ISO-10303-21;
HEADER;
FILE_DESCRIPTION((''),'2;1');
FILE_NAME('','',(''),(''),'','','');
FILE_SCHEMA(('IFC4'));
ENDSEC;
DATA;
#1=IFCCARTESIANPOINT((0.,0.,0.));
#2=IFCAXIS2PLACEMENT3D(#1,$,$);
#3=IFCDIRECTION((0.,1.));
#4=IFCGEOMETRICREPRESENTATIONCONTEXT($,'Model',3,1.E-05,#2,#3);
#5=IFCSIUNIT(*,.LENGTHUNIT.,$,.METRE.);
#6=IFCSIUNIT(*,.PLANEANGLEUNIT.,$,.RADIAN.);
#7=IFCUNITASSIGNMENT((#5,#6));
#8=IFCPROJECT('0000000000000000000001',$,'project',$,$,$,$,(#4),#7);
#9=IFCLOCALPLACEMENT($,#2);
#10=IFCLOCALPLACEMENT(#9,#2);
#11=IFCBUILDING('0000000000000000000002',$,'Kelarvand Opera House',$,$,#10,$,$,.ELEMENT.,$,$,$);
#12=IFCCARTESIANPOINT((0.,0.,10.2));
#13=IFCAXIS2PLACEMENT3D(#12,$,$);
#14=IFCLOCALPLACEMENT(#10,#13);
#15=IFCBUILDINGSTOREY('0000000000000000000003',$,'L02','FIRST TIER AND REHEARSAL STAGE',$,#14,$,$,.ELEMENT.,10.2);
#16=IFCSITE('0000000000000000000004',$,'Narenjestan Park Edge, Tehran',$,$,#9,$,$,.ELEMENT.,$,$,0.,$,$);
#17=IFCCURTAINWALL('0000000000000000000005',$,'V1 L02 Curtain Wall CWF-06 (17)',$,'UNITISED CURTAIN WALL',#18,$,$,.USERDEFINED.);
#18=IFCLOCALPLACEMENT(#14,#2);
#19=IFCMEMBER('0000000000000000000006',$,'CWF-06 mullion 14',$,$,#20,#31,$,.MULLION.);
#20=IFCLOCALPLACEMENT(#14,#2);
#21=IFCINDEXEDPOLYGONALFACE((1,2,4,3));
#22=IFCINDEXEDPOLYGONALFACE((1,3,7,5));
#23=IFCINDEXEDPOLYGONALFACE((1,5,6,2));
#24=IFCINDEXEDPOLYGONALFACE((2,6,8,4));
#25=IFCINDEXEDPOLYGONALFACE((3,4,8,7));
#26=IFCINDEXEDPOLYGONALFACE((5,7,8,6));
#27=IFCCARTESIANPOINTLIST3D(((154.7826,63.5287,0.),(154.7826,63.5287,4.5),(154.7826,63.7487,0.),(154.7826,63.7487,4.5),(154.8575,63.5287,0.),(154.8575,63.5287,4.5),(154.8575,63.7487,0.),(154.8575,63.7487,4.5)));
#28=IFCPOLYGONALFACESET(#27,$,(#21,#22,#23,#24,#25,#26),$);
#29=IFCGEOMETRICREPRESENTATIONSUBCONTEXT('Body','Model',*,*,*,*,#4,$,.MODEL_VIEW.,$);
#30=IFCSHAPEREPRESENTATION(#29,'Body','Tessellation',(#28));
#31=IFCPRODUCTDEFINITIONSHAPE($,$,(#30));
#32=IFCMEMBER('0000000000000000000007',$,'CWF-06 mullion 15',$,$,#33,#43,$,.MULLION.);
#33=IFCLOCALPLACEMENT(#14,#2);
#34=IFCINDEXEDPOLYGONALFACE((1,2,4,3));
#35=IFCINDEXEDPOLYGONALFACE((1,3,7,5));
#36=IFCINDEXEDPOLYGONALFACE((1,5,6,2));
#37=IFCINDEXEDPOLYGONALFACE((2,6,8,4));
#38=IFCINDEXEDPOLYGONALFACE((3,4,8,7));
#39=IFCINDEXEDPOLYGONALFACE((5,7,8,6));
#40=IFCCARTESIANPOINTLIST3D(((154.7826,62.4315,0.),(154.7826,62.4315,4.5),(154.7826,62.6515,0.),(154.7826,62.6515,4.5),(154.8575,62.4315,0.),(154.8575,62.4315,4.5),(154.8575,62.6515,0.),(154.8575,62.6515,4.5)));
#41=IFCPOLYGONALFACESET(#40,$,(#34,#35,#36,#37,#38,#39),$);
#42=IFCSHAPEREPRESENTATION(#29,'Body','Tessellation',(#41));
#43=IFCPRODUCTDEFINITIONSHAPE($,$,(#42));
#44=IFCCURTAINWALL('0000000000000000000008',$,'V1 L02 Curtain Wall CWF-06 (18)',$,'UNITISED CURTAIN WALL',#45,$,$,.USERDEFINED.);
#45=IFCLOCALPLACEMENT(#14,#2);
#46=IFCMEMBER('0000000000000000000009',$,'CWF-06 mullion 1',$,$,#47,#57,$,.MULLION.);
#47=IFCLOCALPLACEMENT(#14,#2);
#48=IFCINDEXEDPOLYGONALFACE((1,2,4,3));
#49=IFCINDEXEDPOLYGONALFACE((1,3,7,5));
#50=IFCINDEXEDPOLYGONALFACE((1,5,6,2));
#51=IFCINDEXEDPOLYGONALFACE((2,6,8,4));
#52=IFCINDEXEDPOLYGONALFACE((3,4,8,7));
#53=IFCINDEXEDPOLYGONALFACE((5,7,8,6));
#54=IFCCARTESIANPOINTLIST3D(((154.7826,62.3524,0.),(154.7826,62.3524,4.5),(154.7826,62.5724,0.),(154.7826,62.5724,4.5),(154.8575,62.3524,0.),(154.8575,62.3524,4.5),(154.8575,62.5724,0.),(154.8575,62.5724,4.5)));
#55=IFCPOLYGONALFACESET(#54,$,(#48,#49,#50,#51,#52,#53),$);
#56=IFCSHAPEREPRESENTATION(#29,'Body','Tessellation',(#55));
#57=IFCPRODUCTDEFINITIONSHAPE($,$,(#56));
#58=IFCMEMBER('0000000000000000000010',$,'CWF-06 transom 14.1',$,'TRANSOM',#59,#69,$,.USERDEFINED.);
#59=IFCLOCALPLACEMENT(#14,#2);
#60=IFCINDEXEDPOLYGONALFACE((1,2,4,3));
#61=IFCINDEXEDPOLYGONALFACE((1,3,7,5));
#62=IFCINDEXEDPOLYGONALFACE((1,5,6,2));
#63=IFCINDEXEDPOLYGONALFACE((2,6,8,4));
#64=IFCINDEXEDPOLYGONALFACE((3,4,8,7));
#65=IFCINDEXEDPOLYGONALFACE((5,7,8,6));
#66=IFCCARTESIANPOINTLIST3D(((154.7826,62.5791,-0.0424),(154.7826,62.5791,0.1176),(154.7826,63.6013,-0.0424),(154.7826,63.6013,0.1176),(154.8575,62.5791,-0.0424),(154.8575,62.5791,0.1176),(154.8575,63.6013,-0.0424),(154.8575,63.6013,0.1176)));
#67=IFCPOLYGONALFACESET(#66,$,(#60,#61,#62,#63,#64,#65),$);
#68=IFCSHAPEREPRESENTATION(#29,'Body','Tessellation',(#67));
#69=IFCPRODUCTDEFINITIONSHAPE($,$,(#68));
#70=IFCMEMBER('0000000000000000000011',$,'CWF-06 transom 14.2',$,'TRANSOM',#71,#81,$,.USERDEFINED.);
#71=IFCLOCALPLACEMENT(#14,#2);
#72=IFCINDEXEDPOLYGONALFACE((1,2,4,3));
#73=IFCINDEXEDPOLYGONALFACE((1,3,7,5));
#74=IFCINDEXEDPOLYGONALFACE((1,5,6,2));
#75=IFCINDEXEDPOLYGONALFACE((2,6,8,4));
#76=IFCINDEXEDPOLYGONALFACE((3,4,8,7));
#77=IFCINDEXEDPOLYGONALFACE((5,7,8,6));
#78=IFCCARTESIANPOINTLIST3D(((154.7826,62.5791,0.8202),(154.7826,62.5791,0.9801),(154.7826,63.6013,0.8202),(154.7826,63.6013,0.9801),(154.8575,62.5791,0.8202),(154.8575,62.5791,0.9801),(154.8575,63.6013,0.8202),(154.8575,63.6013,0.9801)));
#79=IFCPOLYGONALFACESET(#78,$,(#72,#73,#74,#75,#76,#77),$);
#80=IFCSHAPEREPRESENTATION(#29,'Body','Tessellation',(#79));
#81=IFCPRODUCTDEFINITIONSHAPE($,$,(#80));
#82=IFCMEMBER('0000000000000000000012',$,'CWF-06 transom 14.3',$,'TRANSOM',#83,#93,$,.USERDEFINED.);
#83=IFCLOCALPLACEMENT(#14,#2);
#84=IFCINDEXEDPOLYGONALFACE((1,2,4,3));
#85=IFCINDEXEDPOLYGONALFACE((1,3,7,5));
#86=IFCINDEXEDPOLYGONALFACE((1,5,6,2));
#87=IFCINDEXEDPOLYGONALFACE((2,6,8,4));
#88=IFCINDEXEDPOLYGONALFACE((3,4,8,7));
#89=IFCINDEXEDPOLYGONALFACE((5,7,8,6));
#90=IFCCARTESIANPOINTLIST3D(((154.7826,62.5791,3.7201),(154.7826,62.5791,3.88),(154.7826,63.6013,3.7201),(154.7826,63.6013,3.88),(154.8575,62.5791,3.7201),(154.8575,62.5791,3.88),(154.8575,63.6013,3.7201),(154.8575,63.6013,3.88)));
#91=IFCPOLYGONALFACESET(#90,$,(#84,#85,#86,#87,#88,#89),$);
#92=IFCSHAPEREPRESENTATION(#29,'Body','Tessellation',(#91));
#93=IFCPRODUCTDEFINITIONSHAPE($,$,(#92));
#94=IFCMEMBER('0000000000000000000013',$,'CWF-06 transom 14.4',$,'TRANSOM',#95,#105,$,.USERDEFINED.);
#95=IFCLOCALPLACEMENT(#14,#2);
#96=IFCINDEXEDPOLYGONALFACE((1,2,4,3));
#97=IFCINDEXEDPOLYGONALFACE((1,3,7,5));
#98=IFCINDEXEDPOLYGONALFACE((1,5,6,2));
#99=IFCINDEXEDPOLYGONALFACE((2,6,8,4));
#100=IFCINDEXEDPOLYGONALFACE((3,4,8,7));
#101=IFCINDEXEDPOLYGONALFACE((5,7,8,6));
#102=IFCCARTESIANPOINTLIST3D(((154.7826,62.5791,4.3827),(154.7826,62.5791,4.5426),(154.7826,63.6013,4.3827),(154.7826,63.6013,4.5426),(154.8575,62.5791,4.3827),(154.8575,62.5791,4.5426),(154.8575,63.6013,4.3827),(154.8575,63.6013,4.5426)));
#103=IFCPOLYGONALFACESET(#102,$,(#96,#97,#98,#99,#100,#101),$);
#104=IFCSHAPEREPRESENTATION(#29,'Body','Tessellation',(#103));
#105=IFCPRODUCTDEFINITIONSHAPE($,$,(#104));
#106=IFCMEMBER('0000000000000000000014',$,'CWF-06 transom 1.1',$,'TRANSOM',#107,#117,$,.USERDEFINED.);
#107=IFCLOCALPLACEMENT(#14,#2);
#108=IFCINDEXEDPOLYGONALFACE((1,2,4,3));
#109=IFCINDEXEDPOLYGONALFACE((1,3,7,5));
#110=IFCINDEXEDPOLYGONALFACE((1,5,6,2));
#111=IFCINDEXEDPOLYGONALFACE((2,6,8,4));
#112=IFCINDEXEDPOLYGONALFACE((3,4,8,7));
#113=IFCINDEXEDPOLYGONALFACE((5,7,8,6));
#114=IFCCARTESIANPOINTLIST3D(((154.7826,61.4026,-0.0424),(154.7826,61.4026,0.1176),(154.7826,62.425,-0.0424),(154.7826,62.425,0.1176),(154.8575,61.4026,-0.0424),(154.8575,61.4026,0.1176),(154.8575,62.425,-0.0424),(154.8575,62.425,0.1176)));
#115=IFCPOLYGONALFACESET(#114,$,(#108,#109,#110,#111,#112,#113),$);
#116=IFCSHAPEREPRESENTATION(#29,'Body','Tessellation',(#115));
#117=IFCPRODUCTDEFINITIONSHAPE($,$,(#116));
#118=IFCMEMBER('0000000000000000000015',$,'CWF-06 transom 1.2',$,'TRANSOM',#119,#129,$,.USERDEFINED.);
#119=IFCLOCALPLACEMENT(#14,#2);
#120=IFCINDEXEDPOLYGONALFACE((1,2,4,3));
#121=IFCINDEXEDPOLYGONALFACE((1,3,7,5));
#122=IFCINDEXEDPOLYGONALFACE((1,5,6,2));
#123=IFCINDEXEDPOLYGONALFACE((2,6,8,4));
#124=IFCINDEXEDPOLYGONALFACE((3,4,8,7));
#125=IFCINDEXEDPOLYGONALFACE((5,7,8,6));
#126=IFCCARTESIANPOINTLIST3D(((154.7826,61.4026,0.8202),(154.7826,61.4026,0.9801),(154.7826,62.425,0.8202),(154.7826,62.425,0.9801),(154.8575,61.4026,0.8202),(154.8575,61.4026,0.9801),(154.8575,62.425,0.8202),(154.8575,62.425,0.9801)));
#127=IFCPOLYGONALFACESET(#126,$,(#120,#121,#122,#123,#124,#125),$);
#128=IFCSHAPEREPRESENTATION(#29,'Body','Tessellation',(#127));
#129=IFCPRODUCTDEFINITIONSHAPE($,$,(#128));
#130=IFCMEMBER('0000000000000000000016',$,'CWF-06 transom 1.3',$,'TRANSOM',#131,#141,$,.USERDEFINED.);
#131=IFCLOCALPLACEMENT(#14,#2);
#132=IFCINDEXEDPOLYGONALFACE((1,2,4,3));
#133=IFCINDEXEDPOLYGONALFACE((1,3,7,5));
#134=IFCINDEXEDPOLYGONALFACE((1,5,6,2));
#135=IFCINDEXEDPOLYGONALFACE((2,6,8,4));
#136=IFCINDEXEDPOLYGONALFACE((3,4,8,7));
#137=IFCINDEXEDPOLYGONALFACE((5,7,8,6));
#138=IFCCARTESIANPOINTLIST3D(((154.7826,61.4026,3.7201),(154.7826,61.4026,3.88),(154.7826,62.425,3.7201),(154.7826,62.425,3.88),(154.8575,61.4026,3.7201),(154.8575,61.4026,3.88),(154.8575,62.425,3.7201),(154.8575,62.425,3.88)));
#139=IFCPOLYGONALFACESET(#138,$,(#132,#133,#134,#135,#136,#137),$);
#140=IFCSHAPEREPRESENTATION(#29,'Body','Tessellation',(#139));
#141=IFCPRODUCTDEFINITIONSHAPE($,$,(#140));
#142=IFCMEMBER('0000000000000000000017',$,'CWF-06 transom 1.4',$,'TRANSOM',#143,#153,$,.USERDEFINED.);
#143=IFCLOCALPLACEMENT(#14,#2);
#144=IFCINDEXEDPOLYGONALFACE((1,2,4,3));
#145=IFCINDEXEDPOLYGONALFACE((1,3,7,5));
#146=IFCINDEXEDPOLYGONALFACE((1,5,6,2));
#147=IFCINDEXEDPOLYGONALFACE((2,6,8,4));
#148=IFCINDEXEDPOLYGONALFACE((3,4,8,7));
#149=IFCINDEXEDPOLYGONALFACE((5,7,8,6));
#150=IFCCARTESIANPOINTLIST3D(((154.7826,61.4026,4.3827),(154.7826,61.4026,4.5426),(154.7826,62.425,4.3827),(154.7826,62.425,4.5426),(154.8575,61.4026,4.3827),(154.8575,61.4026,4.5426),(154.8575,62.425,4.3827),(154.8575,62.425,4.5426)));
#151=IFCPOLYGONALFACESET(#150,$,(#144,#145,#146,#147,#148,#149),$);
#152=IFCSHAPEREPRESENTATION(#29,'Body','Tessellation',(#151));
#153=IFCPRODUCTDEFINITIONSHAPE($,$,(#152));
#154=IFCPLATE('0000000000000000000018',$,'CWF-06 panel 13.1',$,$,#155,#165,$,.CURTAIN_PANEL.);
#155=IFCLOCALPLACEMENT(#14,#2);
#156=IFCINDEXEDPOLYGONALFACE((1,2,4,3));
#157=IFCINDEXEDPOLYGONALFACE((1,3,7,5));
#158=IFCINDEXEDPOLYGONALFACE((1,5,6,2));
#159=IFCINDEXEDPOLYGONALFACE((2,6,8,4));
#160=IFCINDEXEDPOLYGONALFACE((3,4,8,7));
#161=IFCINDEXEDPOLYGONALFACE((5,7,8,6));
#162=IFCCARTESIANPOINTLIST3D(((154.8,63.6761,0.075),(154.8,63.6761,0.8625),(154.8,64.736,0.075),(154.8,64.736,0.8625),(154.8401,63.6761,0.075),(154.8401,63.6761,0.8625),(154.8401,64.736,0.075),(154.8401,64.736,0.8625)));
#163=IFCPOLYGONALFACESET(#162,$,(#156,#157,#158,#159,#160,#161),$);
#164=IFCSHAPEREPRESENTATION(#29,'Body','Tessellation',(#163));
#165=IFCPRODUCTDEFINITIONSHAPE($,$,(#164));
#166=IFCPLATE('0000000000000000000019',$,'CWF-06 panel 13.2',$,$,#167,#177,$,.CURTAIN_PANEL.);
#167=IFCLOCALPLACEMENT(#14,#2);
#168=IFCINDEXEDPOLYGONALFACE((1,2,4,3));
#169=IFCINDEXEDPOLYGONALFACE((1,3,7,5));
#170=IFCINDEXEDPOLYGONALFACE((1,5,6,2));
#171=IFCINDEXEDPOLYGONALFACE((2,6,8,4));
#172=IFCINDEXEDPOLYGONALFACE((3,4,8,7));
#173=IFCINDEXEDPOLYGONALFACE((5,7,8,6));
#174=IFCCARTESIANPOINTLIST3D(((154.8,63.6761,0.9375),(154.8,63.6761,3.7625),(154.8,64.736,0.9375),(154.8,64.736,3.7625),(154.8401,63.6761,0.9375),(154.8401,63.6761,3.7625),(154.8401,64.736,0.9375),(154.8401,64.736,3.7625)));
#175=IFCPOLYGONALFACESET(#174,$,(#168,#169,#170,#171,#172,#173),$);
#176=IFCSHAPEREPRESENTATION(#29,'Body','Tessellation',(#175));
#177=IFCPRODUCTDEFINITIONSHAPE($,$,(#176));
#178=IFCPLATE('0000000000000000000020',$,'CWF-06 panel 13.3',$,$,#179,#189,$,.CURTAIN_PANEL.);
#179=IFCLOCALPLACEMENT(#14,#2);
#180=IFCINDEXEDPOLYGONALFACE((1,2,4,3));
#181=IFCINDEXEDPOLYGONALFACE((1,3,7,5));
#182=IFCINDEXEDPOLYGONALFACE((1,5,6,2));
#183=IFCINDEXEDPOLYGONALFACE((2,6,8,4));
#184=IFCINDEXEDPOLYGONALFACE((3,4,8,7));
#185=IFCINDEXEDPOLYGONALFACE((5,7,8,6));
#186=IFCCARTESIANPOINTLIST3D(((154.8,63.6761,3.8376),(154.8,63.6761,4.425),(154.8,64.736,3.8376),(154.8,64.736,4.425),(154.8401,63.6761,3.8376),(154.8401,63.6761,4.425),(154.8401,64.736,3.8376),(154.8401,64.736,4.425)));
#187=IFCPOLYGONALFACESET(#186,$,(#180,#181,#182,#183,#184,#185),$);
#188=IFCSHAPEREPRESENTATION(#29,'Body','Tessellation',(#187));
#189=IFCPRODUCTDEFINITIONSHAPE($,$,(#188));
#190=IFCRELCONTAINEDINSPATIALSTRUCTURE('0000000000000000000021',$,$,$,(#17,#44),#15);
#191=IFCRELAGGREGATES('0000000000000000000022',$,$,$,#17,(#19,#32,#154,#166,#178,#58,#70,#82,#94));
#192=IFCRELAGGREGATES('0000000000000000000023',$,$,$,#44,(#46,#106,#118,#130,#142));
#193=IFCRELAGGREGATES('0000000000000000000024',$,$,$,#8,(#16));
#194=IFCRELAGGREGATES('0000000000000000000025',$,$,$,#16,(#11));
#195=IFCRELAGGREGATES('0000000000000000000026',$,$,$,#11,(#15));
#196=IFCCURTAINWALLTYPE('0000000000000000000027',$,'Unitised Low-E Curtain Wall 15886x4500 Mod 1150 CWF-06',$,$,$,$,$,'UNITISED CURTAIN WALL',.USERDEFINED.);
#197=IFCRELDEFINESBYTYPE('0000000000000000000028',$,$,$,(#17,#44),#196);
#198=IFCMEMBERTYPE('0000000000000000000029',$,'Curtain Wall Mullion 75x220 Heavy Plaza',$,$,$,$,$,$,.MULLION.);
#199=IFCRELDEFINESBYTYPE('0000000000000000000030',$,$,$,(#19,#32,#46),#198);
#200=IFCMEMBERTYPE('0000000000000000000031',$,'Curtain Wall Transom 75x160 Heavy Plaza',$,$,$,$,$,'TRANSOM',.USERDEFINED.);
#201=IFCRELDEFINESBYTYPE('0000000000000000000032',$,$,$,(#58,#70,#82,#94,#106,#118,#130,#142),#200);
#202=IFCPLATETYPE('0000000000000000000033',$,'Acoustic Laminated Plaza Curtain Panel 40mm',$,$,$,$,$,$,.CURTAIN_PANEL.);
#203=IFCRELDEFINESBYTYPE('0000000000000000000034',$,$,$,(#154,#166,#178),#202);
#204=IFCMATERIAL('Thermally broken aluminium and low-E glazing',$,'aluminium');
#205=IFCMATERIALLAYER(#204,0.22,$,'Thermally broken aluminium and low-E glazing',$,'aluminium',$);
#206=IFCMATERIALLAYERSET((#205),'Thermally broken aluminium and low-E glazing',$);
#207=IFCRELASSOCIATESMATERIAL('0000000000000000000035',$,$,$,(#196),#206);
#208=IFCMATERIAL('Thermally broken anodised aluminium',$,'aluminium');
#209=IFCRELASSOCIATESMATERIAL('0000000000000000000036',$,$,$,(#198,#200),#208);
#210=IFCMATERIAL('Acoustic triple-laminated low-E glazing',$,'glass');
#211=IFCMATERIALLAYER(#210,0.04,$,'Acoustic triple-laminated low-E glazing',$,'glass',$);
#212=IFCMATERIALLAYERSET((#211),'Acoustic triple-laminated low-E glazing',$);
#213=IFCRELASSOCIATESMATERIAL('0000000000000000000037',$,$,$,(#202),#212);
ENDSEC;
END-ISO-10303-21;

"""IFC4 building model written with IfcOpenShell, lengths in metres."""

from ifc_helpers import new_model, si_unit, direction, frame, origin, origin_2d, place, context, subcontext, project, spatial, rectangle, extrude, material, layer, layer_set, material_profile, profile_set, type_object, element, aggregate, save


model = new_model("IFC4")

# Units and contexts
model_context = context("Model", 3, precision=1e-05, world=origin(), true_north=direction((0.0, 1.0)))
body_context = subcontext(model_context, "Body", "Model", "MODEL_VIEW")
ifc_project = project(units=[si_unit("LENGTHUNIT", "METRE"), si_unit("PLANEANGLEUNIT", "RADIAN")], contexts=[model_context])

# Site, building, storey
site_placement = place(None, origin())
site = spatial("IfcSite", under=ifc_project, at=site_placement, Name="Narenjestan Park Edge, Tehran", CompositionType="ELEMENT", RefElevation=0.0)
building_placement = place(site_placement, origin())
building = spatial("IfcBuilding", under=site, at=building_placement, Name="Kelarvand Opera House", CompositionType="ELEMENT")
storey_placement = place(building_placement, frame((0.0, 0.0, 10.2)))
storey = spatial("IfcBuildingStorey", under=building, at=storey_placement, Name="L02", Description="FIRST TIER AND REHEARSAL STAGE", CompositionType="ELEMENT", Elevation=10.2)

# Curtain wall, members
ifc_material_1 = material(Name="Thermally broken aluminium and low-E glazing", Category="aluminium")
ifc_layer_1 = layer(ifc_material_1, 0.22, Name="Thermally broken aluminium and low-E glazing", Category="aluminium")
ifc_layer_set_1 = layer_set([ifc_layer_1], Name="Thermally broken aluminium and low-E glazing")
curtain_wall_type = type_object("IfcCurtainWallType", Name="Unitised Low-E Curtain Wall 15886x4500 Mod 1150 CWF-06", ElementType="UNITISED CURTAIN WALL", PredefinedType="USERDEFINED", material=ifc_layer_set_1)
curtain_wall_1_placement = place(storey_placement, origin())
curtain_wall_1 = element("IfcCurtainWall", 1, at=curtain_wall_1_placement, inside=storey, type_object=curtain_wall_type, Name="V1 L02 Curtain Wall CWF-06 (17)", ObjectType="UNITISED CURTAIN WALL", PredefinedType="USERDEFINED")
ifc_material_2 = material(Name="Thermally broken anodised aluminium", Category="aluminium")
ifc_material_profile_1 = material_profile(ifc_material_2, rectangle(XDim=0.075, YDim=0.22, at=origin_2d()), Name="ALU MULLION 75x220", Category="aluminium")
ifc_profile_set_1 = profile_set([ifc_material_profile_1], Name="Thermally broken anodised aluminium")
member_type_1 = type_object("IfcMemberType", Name="Curtain Wall Mullion 75x220 Heavy Plaza", PredefinedType="MULLION", material=ifc_profile_set_1)
member_1_placement = place(storey_placement, frame((154.8201, 63.6387, 0.0), z_axis=(0.0, 0.0, 1.0), x_axis=(1.0, 0.0, 0.0)))
member_1 = element("IfcMember", 2, at=member_1_placement, type_object=member_type_1, Name="CWF-06 mullion 14", PredefinedType="MULLION", context=body_context, shape_type="SweptSolid", body=[
    extrude(rectangle(XDim=0.075, YDim=0.22, at=origin_2d()), origin(), (0.0, 0.0, 1.0), 4.5),
])
member_2_placement = place(storey_placement, frame((154.8201, 62.5415, 0.0), z_axis=(0.0, 0.0, 1.0), x_axis=(1.0, 0.0, 0.0)))
member_2 = element("IfcMember", 3, at=member_2_placement, type_object=member_type_1, Name="CWF-06 mullion 15", PredefinedType="MULLION", context=body_context, shape_type="SweptSolid", body=[
    extrude(rectangle(XDim=0.075, YDim=0.22, at=origin_2d()), origin(), (0.0, 0.0, 1.0), 4.5),
])

# Curtain wall, member
curtain_wall_2_placement = place(storey_placement, origin())
curtain_wall_2 = element("IfcCurtainWall", 4, at=curtain_wall_2_placement, inside=storey, type_object=curtain_wall_type, Name="V1 L02 Curtain Wall CWF-06 (18)", ObjectType="UNITISED CURTAIN WALL", PredefinedType="USERDEFINED")
member_3_placement = place(storey_placement, frame((154.8201, 62.4624, 0.0), z_axis=(0.0, 0.0, 1.0), x_axis=(1.0, 0.0, 0.0)))
member_3 = element("IfcMember", 5, at=member_3_placement, type_object=member_type_1, Name="CWF-06 mullion 1", PredefinedType="MULLION", context=body_context, shape_type="SweptSolid", body=[
    extrude(rectangle(XDim=0.075, YDim=0.22, at=origin_2d()), origin(), (0.0, 0.0, 1.0), 4.5),
])

# Members
ifc_material_profile_2 = material_profile(ifc_material_2, rectangle(XDim=0.075, YDim=0.1599, at=origin_2d()), Name="ALU TRANSOM 75x160", Category="aluminium")
ifc_profile_set_2 = profile_set([ifc_material_profile_2], Name="Thermally broken anodised aluminium")
member_type_2 = type_object("IfcMemberType", Name="Curtain Wall Transom 75x160 Heavy Plaza", ElementType="TRANSOM", PredefinedType="USERDEFINED", material=ifc_profile_set_2)
member_4_placement = place(storey_placement, frame((154.8201, 63.6013, 0.0376), z_axis=(0.0, -1.0, 0.0), x_axis=(1.0, 0.0, 0.0)))
member_4 = element("IfcMember", 6, at=member_4_placement, type_object=member_type_2, Name="CWF-06 transom 14.1", ObjectType="TRANSOM", PredefinedType="USERDEFINED", context=body_context, shape_type="SweptSolid", body=[
    extrude(rectangle(XDim=0.075, YDim=0.1599, at=origin_2d()), origin(), (0.0, 0.0, 1.0), 1.0222),
])
member_5_placement = place(storey_placement, frame((154.8201, 63.6013, 0.9001), z_axis=(0.0, -1.0, 0.0), x_axis=(1.0, 0.0, 0.0)))
member_5 = element("IfcMember", 7, at=member_5_placement, type_object=member_type_2, Name="CWF-06 transom 14.2", ObjectType="TRANSOM", PredefinedType="USERDEFINED", context=body_context, shape_type="SweptSolid", body=[
    extrude(rectangle(XDim=0.075, YDim=0.1599, at=origin_2d()), origin(), (0.0, 0.0, 1.0), 1.0222),
])
member_6_placement = place(storey_placement, frame((154.8201, 63.6013, 3.8), z_axis=(0.0, -1.0, 0.0), x_axis=(1.0, 0.0, 0.0)))
member_6 = element("IfcMember", 8, at=member_6_placement, type_object=member_type_2, Name="CWF-06 transom 14.3", ObjectType="TRANSOM", PredefinedType="USERDEFINED", context=body_context, shape_type="SweptSolid", body=[
    extrude(rectangle(XDim=0.075, YDim=0.1599, at=origin_2d()), origin(), (0.0, 0.0, 1.0), 1.0222),
])
member_7_placement = place(storey_placement, frame((154.8201, 63.6013, 4.4626), z_axis=(0.0, -1.0, 0.0), x_axis=(1.0, 0.0, 0.0)))
member_7 = element("IfcMember", 9, at=member_7_placement, type_object=member_type_2, Name="CWF-06 transom 14.4", ObjectType="TRANSOM", PredefinedType="USERDEFINED", context=body_context, shape_type="SweptSolid", body=[
    extrude(rectangle(XDim=0.075, YDim=0.1599, at=origin_2d()), origin(), (0.0, 0.0, 1.0), 1.0222),
])
member_8_placement = place(storey_placement, frame((154.8201, 62.425, 0.0376), z_axis=(0.0, -1.0, 0.0), x_axis=(1.0, 0.0, 0.0)))
member_8 = element("IfcMember", 10, at=member_8_placement, type_object=member_type_2, Name="CWF-06 transom 1.1", ObjectType="TRANSOM", PredefinedType="USERDEFINED", context=body_context, shape_type="SweptSolid", body=[
    extrude(rectangle(XDim=0.075, YDim=0.1599, at=origin_2d()), origin(), (0.0, 0.0, 1.0), 1.0225),
])
member_9_placement = place(storey_placement, frame((154.8201, 62.425, 0.9001), z_axis=(0.0, -1.0, 0.0), x_axis=(1.0, 0.0, 0.0)))
member_9 = element("IfcMember", 11, at=member_9_placement, type_object=member_type_2, Name="CWF-06 transom 1.2", ObjectType="TRANSOM", PredefinedType="USERDEFINED", context=body_context, shape_type="SweptSolid", body=[
    extrude(rectangle(XDim=0.075, YDim=0.1599, at=origin_2d()), origin(), (0.0, 0.0, 1.0), 1.0225),
])
member_10_placement = place(storey_placement, frame((154.8201, 62.425, 3.8), z_axis=(0.0, -1.0, 0.0), x_axis=(1.0, 0.0, 0.0)))
member_10 = element("IfcMember", 12, at=member_10_placement, type_object=member_type_2, Name="CWF-06 transom 1.3", ObjectType="TRANSOM", PredefinedType="USERDEFINED", context=body_context, shape_type="SweptSolid", body=[
    extrude(rectangle(XDim=0.075, YDim=0.1599, at=origin_2d()), origin(), (0.0, 0.0, 1.0), 1.0225),
])
member_11_placement = place(storey_placement, frame((154.8201, 62.425, 4.4626), z_axis=(0.0, -1.0, 0.0), x_axis=(1.0, 0.0, 0.0)))
member_11 = element("IfcMember", 13, at=member_11_placement, type_object=member_type_2, Name="CWF-06 transom 1.4", ObjectType="TRANSOM", PredefinedType="USERDEFINED", context=body_context, shape_type="SweptSolid", body=[
    extrude(rectangle(XDim=0.075, YDim=0.1599, at=origin_2d()), origin(), (0.0, 0.0, 1.0), 1.0225),
])

# Plates
ifc_material_3 = material(Name="Acoustic triple-laminated low-E glazing", Category="glass")
ifc_layer_2 = layer(ifc_material_3, 0.04, Name="Acoustic triple-laminated low-E glazing", Category="glass")
ifc_layer_set_2 = layer_set([ifc_layer_2], Name="Acoustic triple-laminated low-E glazing")
plate_type = type_object("IfcPlateType", Name="Acoustic Laminated Plaza Curtain Panel 40mm", PredefinedType="CURTAIN_PANEL", material=ifc_layer_set_2)
plate_1_placement = place(storey_placement, frame((154.8201, 64.2061, 0.075), z_axis=(0.0, 0.0, 1.0), x_axis=(0.0, -1.0, 0.0)))
plate_1 = element("IfcPlate", 14, at=plate_1_placement, type_object=plate_type, Name="CWF-06 panel 13.1", PredefinedType="CURTAIN_PANEL", context=body_context, shape_type="SweptSolid", body=[
    extrude(rectangle(XDim=1.0598, YDim=0.04, at=origin_2d()), origin(), (0.0, 0.0, 1.0), 0.7876),
])
plate_2_placement = place(storey_placement, frame((154.8201, 64.2061, 0.9375), z_axis=(0.0, 0.0, 1.0), x_axis=(0.0, -1.0, 0.0)))
plate_2 = element("IfcPlate", 15, at=plate_2_placement, type_object=plate_type, Name="CWF-06 panel 13.2", PredefinedType="CURTAIN_PANEL", context=body_context, shape_type="SweptSolid", body=[
    extrude(rectangle(XDim=1.0598, YDim=0.04, at=origin_2d()), origin(), (0.0, 0.0, 1.0), 2.825),
])
plate_3_placement = place(storey_placement, frame((154.8201, 64.2061, 3.8376), z_axis=(0.0, 0.0, 1.0), x_axis=(0.0, -1.0, 0.0)))
plate_3 = element("IfcPlate", 16, at=plate_3_placement, type_object=plate_type, Name="CWF-06 panel 13.3", PredefinedType="CURTAIN_PANEL", context=body_context, shape_type="SweptSolid", body=[
    extrude(rectangle(XDim=1.0598, YDim=0.04, at=origin_2d()), origin(), (0.0, 0.0, 1.0), 0.5874),
])
aggregate(curtain_wall_1, [member_1, member_2, plate_1, plate_2, plate_3, member_4, member_5, member_6, member_7])
aggregate(curtain_wall_2, [member_3, member_8, member_9, member_10, member_11])

save(model, "model.ifc")
